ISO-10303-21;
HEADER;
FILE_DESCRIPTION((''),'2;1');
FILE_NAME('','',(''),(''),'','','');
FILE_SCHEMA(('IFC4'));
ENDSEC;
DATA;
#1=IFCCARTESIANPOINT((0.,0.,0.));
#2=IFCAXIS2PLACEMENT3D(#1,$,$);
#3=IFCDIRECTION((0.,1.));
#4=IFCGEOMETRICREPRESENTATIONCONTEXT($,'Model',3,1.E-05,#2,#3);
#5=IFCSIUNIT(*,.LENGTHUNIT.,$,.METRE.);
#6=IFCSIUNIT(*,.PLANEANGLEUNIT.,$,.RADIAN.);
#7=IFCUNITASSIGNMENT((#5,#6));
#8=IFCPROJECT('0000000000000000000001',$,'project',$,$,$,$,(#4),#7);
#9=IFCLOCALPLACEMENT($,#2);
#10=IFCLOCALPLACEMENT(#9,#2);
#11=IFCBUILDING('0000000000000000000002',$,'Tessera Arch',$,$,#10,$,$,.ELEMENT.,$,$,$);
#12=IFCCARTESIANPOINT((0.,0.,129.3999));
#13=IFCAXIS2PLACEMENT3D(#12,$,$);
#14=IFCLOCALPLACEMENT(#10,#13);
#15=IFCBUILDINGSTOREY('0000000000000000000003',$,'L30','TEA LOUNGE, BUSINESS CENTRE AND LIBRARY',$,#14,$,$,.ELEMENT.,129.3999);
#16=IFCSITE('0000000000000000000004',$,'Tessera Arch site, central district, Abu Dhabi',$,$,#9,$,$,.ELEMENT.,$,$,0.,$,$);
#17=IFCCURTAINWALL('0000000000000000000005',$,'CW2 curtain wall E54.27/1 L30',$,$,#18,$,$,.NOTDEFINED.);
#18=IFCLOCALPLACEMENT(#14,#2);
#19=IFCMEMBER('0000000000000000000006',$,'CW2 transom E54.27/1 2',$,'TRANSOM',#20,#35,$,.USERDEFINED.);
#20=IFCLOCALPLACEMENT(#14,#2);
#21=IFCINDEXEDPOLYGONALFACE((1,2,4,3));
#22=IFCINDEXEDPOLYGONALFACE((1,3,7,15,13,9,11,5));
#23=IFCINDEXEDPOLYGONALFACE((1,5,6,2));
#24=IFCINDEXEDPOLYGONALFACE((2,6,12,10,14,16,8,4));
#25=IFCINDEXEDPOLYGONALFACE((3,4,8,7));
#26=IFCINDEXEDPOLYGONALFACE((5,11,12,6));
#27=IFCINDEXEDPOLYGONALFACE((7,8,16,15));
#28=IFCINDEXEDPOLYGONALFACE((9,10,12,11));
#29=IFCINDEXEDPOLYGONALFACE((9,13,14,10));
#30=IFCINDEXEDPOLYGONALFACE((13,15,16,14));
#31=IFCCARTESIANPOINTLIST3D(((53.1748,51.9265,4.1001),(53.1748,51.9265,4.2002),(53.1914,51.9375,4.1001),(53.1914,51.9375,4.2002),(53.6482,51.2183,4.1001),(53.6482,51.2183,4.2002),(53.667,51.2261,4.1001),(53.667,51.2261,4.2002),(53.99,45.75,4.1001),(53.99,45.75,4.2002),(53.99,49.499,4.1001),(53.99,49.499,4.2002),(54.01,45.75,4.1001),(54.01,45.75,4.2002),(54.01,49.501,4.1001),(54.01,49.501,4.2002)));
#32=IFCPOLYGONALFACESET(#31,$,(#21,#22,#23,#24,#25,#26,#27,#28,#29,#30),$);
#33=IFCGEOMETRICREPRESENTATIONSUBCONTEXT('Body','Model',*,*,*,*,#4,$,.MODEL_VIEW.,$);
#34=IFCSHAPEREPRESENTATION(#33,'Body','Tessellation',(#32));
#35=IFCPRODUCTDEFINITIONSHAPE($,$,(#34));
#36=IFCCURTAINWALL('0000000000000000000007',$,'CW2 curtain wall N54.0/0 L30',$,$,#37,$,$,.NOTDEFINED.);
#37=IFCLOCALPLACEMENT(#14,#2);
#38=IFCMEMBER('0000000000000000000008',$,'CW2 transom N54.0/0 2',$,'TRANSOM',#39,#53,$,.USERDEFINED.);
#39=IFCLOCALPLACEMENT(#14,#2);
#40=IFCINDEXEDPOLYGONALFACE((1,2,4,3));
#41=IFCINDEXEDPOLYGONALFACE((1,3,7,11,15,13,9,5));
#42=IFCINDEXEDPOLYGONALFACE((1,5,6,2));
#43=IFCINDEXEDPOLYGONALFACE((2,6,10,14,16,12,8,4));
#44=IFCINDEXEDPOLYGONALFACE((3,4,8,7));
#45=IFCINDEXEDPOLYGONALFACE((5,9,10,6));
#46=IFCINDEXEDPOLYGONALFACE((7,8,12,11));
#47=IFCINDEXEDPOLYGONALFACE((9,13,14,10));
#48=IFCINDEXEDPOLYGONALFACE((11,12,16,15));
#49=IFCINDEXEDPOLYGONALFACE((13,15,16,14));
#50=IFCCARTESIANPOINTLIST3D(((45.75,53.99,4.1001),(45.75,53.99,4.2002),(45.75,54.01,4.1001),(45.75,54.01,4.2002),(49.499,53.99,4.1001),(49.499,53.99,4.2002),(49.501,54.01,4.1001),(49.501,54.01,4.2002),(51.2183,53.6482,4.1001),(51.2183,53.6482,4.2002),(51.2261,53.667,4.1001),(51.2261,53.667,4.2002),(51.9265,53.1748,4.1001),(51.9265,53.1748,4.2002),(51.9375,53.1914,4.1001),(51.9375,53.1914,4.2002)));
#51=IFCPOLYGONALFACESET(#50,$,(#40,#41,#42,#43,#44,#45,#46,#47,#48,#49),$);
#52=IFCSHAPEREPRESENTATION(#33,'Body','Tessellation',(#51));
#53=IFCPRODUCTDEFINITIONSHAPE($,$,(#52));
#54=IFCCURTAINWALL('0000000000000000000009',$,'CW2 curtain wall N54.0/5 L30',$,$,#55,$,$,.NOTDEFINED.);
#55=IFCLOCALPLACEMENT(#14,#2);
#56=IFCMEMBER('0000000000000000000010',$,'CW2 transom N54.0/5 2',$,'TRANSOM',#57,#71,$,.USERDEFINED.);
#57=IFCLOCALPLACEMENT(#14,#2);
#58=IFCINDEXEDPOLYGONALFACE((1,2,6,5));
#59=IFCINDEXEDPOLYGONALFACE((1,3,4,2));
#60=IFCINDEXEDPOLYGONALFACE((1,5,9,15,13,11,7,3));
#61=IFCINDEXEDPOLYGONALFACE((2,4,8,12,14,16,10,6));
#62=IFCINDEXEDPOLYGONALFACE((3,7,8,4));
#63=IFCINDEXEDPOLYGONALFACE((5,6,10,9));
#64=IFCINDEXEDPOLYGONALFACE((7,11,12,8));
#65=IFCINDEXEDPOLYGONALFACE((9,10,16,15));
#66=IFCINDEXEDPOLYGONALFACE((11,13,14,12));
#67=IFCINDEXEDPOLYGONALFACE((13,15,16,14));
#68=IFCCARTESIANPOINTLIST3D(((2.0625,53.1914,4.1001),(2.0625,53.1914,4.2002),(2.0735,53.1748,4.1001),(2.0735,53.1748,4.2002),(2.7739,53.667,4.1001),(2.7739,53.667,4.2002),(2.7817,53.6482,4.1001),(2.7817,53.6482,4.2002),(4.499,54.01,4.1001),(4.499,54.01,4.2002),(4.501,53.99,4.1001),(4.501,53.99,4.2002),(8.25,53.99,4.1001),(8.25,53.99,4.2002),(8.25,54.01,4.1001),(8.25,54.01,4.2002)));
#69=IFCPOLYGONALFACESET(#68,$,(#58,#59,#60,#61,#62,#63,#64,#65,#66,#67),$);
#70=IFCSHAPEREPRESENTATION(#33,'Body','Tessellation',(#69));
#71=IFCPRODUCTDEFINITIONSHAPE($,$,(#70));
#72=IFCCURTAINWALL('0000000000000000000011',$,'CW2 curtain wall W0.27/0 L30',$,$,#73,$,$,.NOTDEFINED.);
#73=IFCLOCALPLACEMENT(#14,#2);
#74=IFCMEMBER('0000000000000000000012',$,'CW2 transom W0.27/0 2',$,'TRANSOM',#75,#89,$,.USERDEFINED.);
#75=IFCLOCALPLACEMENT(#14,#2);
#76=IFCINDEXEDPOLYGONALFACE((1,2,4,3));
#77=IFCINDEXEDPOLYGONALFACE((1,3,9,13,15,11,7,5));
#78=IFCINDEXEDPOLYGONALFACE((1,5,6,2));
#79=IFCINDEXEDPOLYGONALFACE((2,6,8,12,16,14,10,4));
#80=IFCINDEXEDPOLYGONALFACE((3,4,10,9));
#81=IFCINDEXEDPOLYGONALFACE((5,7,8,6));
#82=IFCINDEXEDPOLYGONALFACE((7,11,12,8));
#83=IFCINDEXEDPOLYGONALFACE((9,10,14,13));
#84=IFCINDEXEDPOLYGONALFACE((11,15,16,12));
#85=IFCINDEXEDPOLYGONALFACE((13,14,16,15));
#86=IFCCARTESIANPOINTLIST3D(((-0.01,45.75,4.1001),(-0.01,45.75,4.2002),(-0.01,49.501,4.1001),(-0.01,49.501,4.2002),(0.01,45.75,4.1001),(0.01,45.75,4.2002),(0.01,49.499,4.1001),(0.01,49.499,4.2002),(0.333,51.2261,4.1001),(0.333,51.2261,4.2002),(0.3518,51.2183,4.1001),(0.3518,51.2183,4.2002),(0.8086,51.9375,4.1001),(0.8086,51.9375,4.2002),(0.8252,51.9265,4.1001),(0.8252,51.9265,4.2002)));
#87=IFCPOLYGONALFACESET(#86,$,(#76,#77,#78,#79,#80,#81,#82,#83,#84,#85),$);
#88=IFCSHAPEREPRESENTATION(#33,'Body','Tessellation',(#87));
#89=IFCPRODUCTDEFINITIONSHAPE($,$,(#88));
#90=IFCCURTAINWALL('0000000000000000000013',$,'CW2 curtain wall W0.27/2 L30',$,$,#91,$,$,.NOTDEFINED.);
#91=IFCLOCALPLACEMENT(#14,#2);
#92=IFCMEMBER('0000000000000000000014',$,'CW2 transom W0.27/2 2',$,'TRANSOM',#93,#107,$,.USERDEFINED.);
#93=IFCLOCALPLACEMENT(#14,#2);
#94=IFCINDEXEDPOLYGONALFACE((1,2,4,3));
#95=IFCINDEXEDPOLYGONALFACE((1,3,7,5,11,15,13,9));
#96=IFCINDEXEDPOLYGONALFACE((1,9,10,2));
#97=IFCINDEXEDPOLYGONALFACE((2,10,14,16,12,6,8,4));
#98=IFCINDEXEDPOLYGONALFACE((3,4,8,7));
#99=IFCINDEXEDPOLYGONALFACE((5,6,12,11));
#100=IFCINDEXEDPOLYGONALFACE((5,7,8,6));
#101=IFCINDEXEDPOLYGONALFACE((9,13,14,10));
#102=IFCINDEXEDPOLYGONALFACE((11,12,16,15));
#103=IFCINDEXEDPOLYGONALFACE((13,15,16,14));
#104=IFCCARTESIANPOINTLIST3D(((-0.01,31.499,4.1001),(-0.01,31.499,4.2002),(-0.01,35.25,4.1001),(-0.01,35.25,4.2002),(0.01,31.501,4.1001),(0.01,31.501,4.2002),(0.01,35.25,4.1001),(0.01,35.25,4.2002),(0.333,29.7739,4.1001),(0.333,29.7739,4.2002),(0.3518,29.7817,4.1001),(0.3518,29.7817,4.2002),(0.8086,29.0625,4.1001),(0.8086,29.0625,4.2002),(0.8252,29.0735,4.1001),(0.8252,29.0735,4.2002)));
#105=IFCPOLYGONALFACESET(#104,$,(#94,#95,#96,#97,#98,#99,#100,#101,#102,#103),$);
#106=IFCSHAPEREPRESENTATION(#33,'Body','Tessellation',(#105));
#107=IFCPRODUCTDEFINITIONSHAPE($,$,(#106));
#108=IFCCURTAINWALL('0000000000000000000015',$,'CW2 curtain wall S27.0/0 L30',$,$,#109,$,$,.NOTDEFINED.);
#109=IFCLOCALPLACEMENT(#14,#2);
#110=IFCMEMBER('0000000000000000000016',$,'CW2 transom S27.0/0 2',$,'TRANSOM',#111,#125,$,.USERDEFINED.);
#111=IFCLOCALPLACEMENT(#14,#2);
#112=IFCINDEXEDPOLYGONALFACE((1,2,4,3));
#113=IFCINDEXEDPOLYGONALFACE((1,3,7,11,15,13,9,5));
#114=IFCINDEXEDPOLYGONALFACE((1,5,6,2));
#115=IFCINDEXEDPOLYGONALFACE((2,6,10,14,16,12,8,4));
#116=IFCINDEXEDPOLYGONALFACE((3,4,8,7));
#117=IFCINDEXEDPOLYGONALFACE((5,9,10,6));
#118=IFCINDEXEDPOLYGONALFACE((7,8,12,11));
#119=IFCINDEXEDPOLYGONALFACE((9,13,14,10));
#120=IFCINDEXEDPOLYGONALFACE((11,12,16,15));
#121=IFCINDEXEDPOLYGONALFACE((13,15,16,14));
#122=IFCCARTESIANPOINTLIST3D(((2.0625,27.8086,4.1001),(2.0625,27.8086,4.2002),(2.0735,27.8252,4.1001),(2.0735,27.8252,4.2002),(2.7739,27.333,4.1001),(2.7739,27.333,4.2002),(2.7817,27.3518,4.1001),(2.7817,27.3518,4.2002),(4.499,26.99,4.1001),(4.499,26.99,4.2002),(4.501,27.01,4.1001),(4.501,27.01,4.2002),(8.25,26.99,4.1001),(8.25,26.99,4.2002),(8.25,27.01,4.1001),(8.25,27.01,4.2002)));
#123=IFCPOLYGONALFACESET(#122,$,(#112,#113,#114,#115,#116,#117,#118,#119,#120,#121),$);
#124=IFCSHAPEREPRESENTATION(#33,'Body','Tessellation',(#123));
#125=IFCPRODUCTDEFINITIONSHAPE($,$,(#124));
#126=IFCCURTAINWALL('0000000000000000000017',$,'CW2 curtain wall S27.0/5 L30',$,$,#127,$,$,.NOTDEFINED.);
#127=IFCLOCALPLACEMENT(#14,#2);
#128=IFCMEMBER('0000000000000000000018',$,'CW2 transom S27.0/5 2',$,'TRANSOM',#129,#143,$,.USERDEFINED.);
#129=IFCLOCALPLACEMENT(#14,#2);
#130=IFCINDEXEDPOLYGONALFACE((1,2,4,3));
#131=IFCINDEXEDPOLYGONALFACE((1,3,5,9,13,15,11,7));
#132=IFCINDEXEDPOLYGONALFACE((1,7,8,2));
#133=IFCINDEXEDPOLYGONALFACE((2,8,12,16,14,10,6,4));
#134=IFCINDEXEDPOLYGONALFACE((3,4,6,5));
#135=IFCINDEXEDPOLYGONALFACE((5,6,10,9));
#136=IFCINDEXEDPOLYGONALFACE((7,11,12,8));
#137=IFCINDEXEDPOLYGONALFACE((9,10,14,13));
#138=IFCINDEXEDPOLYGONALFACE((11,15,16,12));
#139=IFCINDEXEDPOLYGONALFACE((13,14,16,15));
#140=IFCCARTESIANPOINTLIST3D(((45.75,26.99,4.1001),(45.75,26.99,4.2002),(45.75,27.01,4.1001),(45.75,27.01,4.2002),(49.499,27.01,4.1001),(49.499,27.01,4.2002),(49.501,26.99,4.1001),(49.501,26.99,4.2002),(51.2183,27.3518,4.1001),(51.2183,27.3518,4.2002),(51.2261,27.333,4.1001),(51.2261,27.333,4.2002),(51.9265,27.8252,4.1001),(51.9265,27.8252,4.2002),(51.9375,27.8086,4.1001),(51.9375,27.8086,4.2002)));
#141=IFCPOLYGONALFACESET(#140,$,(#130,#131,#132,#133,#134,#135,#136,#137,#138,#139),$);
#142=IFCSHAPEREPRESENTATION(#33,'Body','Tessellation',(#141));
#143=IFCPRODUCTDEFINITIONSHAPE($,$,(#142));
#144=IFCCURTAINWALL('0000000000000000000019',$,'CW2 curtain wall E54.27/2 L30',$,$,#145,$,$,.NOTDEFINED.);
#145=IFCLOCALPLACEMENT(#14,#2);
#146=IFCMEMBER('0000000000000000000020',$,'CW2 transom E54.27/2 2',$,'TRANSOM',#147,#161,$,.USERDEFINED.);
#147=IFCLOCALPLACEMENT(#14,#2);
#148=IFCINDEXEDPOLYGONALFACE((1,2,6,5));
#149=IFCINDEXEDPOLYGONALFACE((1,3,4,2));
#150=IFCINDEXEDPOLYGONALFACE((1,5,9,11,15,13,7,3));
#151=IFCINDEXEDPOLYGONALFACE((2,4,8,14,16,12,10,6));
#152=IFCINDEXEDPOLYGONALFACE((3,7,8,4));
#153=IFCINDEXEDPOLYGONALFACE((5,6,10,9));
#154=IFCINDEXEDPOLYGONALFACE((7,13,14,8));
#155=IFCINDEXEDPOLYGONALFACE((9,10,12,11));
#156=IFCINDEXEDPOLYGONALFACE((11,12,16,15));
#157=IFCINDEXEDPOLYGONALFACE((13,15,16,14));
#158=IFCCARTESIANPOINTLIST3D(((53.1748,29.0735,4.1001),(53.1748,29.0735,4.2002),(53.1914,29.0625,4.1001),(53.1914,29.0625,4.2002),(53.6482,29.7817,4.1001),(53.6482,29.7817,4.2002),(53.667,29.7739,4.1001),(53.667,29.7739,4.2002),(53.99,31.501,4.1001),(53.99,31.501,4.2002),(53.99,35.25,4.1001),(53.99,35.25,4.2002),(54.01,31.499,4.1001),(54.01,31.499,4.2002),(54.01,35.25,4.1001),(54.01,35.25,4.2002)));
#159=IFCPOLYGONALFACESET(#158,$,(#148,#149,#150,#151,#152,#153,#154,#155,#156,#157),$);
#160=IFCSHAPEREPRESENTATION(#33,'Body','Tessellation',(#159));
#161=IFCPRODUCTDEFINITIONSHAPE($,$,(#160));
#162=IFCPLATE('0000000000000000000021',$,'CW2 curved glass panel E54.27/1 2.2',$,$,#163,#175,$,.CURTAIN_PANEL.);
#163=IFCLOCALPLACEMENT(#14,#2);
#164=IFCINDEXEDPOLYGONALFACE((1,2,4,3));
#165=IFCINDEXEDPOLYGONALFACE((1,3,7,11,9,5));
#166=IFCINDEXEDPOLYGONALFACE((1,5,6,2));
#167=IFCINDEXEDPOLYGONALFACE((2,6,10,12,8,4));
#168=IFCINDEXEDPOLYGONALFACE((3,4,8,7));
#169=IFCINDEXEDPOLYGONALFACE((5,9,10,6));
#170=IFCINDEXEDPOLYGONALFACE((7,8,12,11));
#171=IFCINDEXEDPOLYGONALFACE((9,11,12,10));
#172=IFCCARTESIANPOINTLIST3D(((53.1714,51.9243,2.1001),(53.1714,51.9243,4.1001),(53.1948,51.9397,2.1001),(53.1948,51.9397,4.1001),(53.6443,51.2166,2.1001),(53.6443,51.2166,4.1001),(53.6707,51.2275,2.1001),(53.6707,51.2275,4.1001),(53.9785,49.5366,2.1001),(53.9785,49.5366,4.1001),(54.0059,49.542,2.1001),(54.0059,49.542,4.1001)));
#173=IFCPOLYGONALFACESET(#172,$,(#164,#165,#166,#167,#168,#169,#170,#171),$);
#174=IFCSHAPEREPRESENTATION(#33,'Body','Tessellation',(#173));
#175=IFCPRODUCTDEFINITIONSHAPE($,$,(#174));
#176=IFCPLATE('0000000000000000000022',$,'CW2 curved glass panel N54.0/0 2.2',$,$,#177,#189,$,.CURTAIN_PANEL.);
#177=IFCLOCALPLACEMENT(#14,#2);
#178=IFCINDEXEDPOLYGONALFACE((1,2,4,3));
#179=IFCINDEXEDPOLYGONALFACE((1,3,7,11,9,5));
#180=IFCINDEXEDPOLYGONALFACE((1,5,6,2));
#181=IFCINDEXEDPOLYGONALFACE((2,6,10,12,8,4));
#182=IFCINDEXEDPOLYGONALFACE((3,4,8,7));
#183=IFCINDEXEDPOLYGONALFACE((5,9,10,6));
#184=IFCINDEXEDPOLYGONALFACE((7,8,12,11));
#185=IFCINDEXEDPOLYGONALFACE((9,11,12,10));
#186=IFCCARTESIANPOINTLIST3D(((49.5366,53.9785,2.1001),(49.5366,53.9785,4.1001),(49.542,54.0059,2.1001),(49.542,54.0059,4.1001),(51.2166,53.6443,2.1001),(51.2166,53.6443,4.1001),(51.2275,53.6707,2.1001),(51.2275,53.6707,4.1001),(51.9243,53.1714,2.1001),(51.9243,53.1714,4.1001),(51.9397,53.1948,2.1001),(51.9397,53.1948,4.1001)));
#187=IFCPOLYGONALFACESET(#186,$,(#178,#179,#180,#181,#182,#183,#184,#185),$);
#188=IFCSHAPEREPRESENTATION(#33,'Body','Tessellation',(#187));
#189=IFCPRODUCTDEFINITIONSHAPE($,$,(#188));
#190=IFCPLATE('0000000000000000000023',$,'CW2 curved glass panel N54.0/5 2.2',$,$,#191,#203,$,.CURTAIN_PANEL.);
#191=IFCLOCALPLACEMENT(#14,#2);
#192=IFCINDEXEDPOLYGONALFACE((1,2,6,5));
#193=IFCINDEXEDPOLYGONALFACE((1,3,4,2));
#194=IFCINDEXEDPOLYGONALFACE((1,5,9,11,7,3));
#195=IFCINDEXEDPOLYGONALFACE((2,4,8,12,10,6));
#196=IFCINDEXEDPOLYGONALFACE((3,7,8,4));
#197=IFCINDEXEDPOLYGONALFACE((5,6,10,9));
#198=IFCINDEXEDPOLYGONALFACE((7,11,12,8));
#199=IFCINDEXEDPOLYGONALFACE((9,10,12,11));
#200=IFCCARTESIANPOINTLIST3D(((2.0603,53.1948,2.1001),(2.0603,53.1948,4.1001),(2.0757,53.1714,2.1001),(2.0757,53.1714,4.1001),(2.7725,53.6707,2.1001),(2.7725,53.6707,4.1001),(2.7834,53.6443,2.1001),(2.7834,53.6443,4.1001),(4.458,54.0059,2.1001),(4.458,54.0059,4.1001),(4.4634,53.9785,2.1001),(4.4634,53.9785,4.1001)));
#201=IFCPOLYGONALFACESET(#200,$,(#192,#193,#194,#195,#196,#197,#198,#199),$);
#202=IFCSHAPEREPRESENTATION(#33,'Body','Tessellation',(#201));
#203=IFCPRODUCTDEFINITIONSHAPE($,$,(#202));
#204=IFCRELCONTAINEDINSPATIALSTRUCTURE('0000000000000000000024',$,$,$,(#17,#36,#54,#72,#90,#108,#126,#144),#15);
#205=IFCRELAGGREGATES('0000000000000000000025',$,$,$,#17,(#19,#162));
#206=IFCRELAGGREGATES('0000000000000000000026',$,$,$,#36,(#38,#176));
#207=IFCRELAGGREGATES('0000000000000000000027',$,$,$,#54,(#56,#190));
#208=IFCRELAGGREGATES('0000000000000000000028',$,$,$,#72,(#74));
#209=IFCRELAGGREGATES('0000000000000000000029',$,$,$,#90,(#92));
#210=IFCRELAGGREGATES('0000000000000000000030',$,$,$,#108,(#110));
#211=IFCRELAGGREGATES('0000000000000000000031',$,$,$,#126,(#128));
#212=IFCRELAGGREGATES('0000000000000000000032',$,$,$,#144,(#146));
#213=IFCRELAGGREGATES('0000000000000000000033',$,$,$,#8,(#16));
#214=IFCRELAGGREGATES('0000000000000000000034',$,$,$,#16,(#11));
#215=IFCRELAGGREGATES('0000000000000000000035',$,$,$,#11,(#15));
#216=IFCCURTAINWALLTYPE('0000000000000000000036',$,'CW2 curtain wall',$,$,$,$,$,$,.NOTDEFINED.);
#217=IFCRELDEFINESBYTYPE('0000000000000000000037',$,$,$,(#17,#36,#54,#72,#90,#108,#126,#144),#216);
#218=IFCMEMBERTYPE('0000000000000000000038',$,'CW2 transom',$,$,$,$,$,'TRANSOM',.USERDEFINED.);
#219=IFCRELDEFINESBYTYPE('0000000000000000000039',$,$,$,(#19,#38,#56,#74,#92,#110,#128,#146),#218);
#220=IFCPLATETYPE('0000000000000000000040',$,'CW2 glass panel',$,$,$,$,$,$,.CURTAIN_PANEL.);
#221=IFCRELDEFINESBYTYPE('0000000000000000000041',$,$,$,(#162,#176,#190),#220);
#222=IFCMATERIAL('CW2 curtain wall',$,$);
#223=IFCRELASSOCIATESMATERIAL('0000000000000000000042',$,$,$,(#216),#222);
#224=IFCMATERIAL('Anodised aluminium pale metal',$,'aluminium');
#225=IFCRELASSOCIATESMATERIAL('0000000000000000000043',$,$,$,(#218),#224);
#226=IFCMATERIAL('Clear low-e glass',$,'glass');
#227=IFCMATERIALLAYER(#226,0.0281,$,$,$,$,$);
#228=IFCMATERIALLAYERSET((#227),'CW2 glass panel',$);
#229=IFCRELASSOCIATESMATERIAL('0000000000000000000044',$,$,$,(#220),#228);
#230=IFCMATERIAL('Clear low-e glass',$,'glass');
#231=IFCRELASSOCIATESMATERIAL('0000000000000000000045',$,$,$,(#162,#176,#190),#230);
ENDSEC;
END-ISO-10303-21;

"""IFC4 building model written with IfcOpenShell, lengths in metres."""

from ifc_helpers import new_model, si_unit, direction, frame, origin, origin_2d, place, context, subcontext, project, spatial, polyline, rectangle, outline, extrude, material, layer, layer_set, material_profile, profile_set, type_object, element, aggregate, save


model = new_model("IFC4")

# Units and contexts
model_context = context("Model", 3, precision=1e-05, world=origin(), true_north=direction((0.0, 1.0)))
body_context = subcontext(model_context, "Body", "Model", "MODEL_VIEW")
ifc_project = project(units=[si_unit("LENGTHUNIT", "METRE"), si_unit("PLANEANGLEUNIT", "RADIAN")], contexts=[model_context])

# Site, building, storey
site_placement = place(None, origin())
site = spatial("IfcSite", under=ifc_project, at=site_placement, Name="Tessera Arch site, central district, Abu Dhabi", CompositionType="ELEMENT", RefElevation=0.0)
building_placement = place(site_placement, origin())
building = spatial("IfcBuilding", under=site, at=building_placement, Name="Tessera Arch", CompositionType="ELEMENT")
storey_placement = place(building_placement, frame((0.0, 0.0, 129.3999)))
storey = spatial("IfcBuildingStorey", under=building, at=storey_placement, Name="L30", Description="TEA LOUNGE, BUSINESS CENTRE AND LIBRARY", CompositionType="ELEMENT", Elevation=129.3999)

# Curtain walls, members
ifc_material_1 = material(Name="CW2 curtain wall")
curtain_wall_type = type_object("IfcCurtainWallType", Name="CW2 curtain wall", PredefinedType="NOTDEFINED", material=ifc_material_1)
curtain_wall_1_placement = place(storey_placement, origin())
curtain_wall_1 = element("IfcCurtainWall", 1, at=curtain_wall_1_placement, inside=storey, type_object=curtain_wall_type, Name="CW2 curtain wall E54.27/1 L30", PredefinedType="NOTDEFINED")
ifc_material_2 = material(Name="Anodised aluminium pale metal", Category="aluminium")
ifc_material_profile = material_profile(ifc_material_2, rectangle(XDim=0.2, YDim=0.1001, at=origin_2d()), Name="AL 200x100")
ifc_profile_set = profile_set([ifc_material_profile], Name="Anodised aluminium pale metal")
member_type = type_object("IfcMemberType", Name="CW2 transom", ElementType="TRANSOM", PredefinedType="USERDEFINED", material=ifc_profile_set)
member_1_placement = place(storey_placement, frame((0.0, 0.0, 4.1001)))
member_1 = element("IfcMember", 2, at=member_1_placement, type_object=member_type, Name="CW2 transom E54.27/1 2", ObjectType="TRANSOM", PredefinedType="USERDEFINED", context=body_context, shape_type="SweptSolid", body=[
    extrude(outline(polyline([(53.99, 49.499), (53.99, 45.75), (54.01, 45.75), (54.01, 49.501), (53.667, 51.2261), (53.1914, 51.9375), (53.1748, 51.9265), (53.6482, 51.2183), (53.99, 49.499)])), origin(), (0.0, 0.0, 1.0), 0.1001),
])
curtain_wall_2_placement = place(storey_placement, origin())
curtain_wall_2 = element("IfcCurtainWall", 3, at=curtain_wall_2_placement, inside=storey, type_object=curtain_wall_type, Name="CW2 curtain wall N54.0/0 L30", PredefinedType="NOTDEFINED")
member_2_placement = place(storey_placement, frame((0.0, 0.0, 4.1001)))
member_2 = element("IfcMember", 4, at=member_2_placement, type_object=member_type, Name="CW2 transom N54.0/0 2", ObjectType="TRANSOM", PredefinedType="USERDEFINED", context=body_context, shape_type="SweptSolid", body=[
    extrude(outline(polyline([(51.2183, 53.6482), (51.9265, 53.1748), (51.9375, 53.1914), (51.2261, 53.667), (49.501, 54.01), (45.75, 54.01), (45.75, 53.99), (49.499, 53.99), (51.2183, 53.6482)])), origin(), (0.0, 0.0, 1.0), 0.1001),
])
curtain_wall_3_placement = place(storey_placement, origin())
curtain_wall_3 = element("IfcCurtainWall", 5, at=curtain_wall_3_placement, inside=storey, type_object=curtain_wall_type, Name="CW2 curtain wall N54.0/5 L30", PredefinedType="NOTDEFINED")
member_3_placement = place(storey_placement, frame((0.0, 0.0, 4.1001)))
member_3 = element("IfcMember", 6, at=member_3_placement, type_object=member_type, Name="CW2 transom N54.0/5 2", ObjectType="TRANSOM", PredefinedType="USERDEFINED", context=body_context, shape_type="SweptSolid", body=[
    extrude(outline(polyline([(4.501, 53.99), (8.25, 53.99), (8.25, 54.01), (4.499, 54.01), (2.7739, 53.667), (2.0625, 53.1914), (2.0735, 53.1748), (2.7817, 53.6482), (4.501, 53.99)])), origin(), (0.0, 0.0, 1.0), 0.1001),
])
curtain_wall_4_placement = place(storey_placement, origin())
curtain_wall_4 = element("IfcCurtainWall", 7, at=curtain_wall_4_placement, inside=storey, type_object=curtain_wall_type, Name="CW2 curtain wall W0.27/0 L30", PredefinedType="NOTDEFINED")
member_4_placement = place(storey_placement, frame((0.0, 0.0, 4.1001)))
member_4 = element("IfcMember", 8, at=member_4_placement, type_object=member_type, Name="CW2 transom W0.27/0 2", ObjectType="TRANSOM", PredefinedType="USERDEFINED", context=body_context, shape_type="SweptSolid", body=[
    extrude(outline(polyline([(0.3518, 51.2183), (0.8252, 51.9265), (0.8086, 51.9375), (0.333, 51.2261), (-0.01, 49.501), (-0.01, 45.75), (0.01, 45.75), (0.01, 49.499), (0.3518, 51.2183)])), origin(), (0.0, 0.0, 1.0), 0.1001),
])
curtain_wall_5_placement = place(storey_placement, origin())
curtain_wall_5 = element("IfcCurtainWall", 9, at=curtain_wall_5_placement, inside=storey, type_object=curtain_wall_type, Name="CW2 curtain wall W0.27/2 L30", PredefinedType="NOTDEFINED")
member_5_placement = place(storey_placement, frame((0.0, 0.0, 4.1001)))
member_5 = element("IfcMember", 10, at=member_5_placement, type_object=member_type, Name="CW2 transom W0.27/2 2", ObjectType="TRANSOM", PredefinedType="USERDEFINED", context=body_context, shape_type="SweptSolid", body=[
    extrude(outline(polyline([(0.01, 31.501), (0.01, 35.25), (-0.01, 35.25), (-0.01, 31.499), (0.333, 29.7739), (0.8086, 29.0625), (0.8252, 29.0735), (0.3518, 29.7817), (0.01, 31.501)])), origin(), (0.0, 0.0, 1.0), 0.1001),
])
curtain_wall_6_placement = place(storey_placement, origin())
curtain_wall_6 = element("IfcCurtainWall", 11, at=curtain_wall_6_placement, inside=storey, type_object=curtain_wall_type, Name="CW2 curtain wall S27.0/0 L30", PredefinedType="NOTDEFINED")
member_6_placement = place(storey_placement, frame((0.0, 0.0, 4.1001)))
member_6 = element("IfcMember", 12, at=member_6_placement, type_object=member_type, Name="CW2 transom S27.0/0 2", ObjectType="TRANSOM", PredefinedType="USERDEFINED", context=body_context, shape_type="SweptSolid", body=[
    extrude(outline(polyline([(2.7817, 27.3518), (2.0735, 27.8252), (2.0625, 27.8086), (2.7739, 27.333), (4.499, 26.99), (8.25, 26.99), (8.25, 27.01), (4.501, 27.01), (2.7817, 27.3518)])), origin(), (0.0, 0.0, 1.0), 0.1001),
])
curtain_wall_7_placement = place(storey_placement, origin())
curtain_wall_7 = element("IfcCurtainWall", 13, at=curtain_wall_7_placement, inside=storey, type_object=curtain_wall_type, Name="CW2 curtain wall S27.0/5 L30", PredefinedType="NOTDEFINED")
member_7_placement = place(storey_placement, frame((0.0, 0.0, 4.1001)))
member_7 = element("IfcMember", 14, at=member_7_placement, type_object=member_type, Name="CW2 transom S27.0/5 2", ObjectType="TRANSOM", PredefinedType="USERDEFINED", context=body_context, shape_type="SweptSolid", body=[
    extrude(outline(polyline([(49.499, 27.01), (45.75, 27.01), (45.75, 26.99), (49.501, 26.99), (51.2261, 27.333), (51.9375, 27.8086), (51.9265, 27.8252), (51.2183, 27.3518), (49.499, 27.01)])), origin(), (0.0, 0.0, 1.0), 0.1001),
])
curtain_wall_8_placement = place(storey_placement, origin())
curtain_wall_8 = element("IfcCurtainWall", 15, at=curtain_wall_8_placement, inside=storey, type_object=curtain_wall_type, Name="CW2 curtain wall E54.27/2 L30", PredefinedType="NOTDEFINED")
member_8_placement = place(storey_placement, frame((0.0, 0.0, 4.1001)))
member_8 = element("IfcMember", 16, at=member_8_placement, type_object=member_type, Name="CW2 transom E54.27/2 2", ObjectType="TRANSOM", PredefinedType="USERDEFINED", context=body_context, shape_type="SweptSolid", body=[
    extrude(outline(polyline([(53.6482, 29.7817), (53.1748, 29.0735), (53.1914, 29.0625), (53.667, 29.7739), (54.01, 31.499), (54.01, 35.25), (53.99, 35.25), (53.99, 31.501), (53.6482, 29.7817)])), origin(), (0.0, 0.0, 1.0), 0.1001),
])

# Plates
ifc_material_3 = material(Name="Clear low-e glass", Category="glass")
ifc_material_4 = material(Name="Clear low-e glass", Category="glass")
ifc_layer_1 = layer(ifc_material_4, 0.0281)
ifc_layer_set_1 = layer_set([ifc_layer_1], Name="CW2 glass panel")
plate_type_1 = type_object("IfcPlateType", Name="CW2 glass panel", PredefinedType="CURTAIN_PANEL", material=ifc_layer_set_1)
plate_1_placement = place(storey_placement, frame((0.0, 0.0, 2.1001)))
plate_1 = element("IfcPlate", 17, at=plate_1_placement, type_object=plate_type_1, material=ifc_material_3, Name="CW2 curved glass panel E54.27/1 2.2", PredefinedType="CURTAIN_PANEL", context=body_context, shape_type="SweptSolid", body=[
    extrude(outline(polyline([(53.6443, 51.2166), (53.9785, 49.5366), (54.0059, 49.542), (53.6707, 51.2275), (53.1948, 51.9397), (53.1714, 51.9243), (53.6443, 51.2166)])), origin(), (0.0, 0.0, 1.0), 2.0),
])
plate_2_placement = place(storey_placement, frame((0.0, 0.0, 2.1001)))
plate_2 = element("IfcPlate", 18, at=plate_2_placement, type_object=plate_type_1, material=ifc_material_3, Name="CW2 curved glass panel N54.0/0 2.2", PredefinedType="CURTAIN_PANEL", context=body_context, shape_type="SweptSolid", body=[
    extrude(outline(polyline([(51.2166, 53.6443), (51.9243, 53.1714), (51.9397, 53.1948), (51.2275, 53.6707), (49.542, 54.0059), (49.5366, 53.9785), (51.2166, 53.6443)])), origin(), (0.0, 0.0, 1.0), 2.0),
])
plate_3_placement = place(storey_placement, frame((0.0, 0.0, 2.1001)))
plate_3 = element("IfcPlate", 19, at=plate_3_placement, type_object=plate_type_1, material=ifc_material_3, Name="CW2 curved glass panel N54.0/5 2.2", PredefinedType="CURTAIN_PANEL", context=body_context, shape_type="SweptSolid", body=[
    extrude(outline(polyline([(2.7834, 53.6443), (4.4634, 53.9785), (4.458, 54.0059), (2.7725, 53.6707), (2.0603, 53.1948), (2.0757, 53.1714), (2.7834, 53.6443)])), origin(), (0.0, 0.0, 1.0), 2.0),
])
aggregate(curtain_wall_1, [member_1, plate_1])
aggregate(curtain_wall_2, [member_2, plate_2])
aggregate(curtain_wall_3, [member_3, plate_3])
aggregate(curtain_wall_4, [member_4])
aggregate(curtain_wall_5, [member_5])
aggregate(curtain_wall_6, [member_6])
aggregate(curtain_wall_7, [member_7])
aggregate(curtain_wall_8, [member_8])

save(model, "model.ifc")
